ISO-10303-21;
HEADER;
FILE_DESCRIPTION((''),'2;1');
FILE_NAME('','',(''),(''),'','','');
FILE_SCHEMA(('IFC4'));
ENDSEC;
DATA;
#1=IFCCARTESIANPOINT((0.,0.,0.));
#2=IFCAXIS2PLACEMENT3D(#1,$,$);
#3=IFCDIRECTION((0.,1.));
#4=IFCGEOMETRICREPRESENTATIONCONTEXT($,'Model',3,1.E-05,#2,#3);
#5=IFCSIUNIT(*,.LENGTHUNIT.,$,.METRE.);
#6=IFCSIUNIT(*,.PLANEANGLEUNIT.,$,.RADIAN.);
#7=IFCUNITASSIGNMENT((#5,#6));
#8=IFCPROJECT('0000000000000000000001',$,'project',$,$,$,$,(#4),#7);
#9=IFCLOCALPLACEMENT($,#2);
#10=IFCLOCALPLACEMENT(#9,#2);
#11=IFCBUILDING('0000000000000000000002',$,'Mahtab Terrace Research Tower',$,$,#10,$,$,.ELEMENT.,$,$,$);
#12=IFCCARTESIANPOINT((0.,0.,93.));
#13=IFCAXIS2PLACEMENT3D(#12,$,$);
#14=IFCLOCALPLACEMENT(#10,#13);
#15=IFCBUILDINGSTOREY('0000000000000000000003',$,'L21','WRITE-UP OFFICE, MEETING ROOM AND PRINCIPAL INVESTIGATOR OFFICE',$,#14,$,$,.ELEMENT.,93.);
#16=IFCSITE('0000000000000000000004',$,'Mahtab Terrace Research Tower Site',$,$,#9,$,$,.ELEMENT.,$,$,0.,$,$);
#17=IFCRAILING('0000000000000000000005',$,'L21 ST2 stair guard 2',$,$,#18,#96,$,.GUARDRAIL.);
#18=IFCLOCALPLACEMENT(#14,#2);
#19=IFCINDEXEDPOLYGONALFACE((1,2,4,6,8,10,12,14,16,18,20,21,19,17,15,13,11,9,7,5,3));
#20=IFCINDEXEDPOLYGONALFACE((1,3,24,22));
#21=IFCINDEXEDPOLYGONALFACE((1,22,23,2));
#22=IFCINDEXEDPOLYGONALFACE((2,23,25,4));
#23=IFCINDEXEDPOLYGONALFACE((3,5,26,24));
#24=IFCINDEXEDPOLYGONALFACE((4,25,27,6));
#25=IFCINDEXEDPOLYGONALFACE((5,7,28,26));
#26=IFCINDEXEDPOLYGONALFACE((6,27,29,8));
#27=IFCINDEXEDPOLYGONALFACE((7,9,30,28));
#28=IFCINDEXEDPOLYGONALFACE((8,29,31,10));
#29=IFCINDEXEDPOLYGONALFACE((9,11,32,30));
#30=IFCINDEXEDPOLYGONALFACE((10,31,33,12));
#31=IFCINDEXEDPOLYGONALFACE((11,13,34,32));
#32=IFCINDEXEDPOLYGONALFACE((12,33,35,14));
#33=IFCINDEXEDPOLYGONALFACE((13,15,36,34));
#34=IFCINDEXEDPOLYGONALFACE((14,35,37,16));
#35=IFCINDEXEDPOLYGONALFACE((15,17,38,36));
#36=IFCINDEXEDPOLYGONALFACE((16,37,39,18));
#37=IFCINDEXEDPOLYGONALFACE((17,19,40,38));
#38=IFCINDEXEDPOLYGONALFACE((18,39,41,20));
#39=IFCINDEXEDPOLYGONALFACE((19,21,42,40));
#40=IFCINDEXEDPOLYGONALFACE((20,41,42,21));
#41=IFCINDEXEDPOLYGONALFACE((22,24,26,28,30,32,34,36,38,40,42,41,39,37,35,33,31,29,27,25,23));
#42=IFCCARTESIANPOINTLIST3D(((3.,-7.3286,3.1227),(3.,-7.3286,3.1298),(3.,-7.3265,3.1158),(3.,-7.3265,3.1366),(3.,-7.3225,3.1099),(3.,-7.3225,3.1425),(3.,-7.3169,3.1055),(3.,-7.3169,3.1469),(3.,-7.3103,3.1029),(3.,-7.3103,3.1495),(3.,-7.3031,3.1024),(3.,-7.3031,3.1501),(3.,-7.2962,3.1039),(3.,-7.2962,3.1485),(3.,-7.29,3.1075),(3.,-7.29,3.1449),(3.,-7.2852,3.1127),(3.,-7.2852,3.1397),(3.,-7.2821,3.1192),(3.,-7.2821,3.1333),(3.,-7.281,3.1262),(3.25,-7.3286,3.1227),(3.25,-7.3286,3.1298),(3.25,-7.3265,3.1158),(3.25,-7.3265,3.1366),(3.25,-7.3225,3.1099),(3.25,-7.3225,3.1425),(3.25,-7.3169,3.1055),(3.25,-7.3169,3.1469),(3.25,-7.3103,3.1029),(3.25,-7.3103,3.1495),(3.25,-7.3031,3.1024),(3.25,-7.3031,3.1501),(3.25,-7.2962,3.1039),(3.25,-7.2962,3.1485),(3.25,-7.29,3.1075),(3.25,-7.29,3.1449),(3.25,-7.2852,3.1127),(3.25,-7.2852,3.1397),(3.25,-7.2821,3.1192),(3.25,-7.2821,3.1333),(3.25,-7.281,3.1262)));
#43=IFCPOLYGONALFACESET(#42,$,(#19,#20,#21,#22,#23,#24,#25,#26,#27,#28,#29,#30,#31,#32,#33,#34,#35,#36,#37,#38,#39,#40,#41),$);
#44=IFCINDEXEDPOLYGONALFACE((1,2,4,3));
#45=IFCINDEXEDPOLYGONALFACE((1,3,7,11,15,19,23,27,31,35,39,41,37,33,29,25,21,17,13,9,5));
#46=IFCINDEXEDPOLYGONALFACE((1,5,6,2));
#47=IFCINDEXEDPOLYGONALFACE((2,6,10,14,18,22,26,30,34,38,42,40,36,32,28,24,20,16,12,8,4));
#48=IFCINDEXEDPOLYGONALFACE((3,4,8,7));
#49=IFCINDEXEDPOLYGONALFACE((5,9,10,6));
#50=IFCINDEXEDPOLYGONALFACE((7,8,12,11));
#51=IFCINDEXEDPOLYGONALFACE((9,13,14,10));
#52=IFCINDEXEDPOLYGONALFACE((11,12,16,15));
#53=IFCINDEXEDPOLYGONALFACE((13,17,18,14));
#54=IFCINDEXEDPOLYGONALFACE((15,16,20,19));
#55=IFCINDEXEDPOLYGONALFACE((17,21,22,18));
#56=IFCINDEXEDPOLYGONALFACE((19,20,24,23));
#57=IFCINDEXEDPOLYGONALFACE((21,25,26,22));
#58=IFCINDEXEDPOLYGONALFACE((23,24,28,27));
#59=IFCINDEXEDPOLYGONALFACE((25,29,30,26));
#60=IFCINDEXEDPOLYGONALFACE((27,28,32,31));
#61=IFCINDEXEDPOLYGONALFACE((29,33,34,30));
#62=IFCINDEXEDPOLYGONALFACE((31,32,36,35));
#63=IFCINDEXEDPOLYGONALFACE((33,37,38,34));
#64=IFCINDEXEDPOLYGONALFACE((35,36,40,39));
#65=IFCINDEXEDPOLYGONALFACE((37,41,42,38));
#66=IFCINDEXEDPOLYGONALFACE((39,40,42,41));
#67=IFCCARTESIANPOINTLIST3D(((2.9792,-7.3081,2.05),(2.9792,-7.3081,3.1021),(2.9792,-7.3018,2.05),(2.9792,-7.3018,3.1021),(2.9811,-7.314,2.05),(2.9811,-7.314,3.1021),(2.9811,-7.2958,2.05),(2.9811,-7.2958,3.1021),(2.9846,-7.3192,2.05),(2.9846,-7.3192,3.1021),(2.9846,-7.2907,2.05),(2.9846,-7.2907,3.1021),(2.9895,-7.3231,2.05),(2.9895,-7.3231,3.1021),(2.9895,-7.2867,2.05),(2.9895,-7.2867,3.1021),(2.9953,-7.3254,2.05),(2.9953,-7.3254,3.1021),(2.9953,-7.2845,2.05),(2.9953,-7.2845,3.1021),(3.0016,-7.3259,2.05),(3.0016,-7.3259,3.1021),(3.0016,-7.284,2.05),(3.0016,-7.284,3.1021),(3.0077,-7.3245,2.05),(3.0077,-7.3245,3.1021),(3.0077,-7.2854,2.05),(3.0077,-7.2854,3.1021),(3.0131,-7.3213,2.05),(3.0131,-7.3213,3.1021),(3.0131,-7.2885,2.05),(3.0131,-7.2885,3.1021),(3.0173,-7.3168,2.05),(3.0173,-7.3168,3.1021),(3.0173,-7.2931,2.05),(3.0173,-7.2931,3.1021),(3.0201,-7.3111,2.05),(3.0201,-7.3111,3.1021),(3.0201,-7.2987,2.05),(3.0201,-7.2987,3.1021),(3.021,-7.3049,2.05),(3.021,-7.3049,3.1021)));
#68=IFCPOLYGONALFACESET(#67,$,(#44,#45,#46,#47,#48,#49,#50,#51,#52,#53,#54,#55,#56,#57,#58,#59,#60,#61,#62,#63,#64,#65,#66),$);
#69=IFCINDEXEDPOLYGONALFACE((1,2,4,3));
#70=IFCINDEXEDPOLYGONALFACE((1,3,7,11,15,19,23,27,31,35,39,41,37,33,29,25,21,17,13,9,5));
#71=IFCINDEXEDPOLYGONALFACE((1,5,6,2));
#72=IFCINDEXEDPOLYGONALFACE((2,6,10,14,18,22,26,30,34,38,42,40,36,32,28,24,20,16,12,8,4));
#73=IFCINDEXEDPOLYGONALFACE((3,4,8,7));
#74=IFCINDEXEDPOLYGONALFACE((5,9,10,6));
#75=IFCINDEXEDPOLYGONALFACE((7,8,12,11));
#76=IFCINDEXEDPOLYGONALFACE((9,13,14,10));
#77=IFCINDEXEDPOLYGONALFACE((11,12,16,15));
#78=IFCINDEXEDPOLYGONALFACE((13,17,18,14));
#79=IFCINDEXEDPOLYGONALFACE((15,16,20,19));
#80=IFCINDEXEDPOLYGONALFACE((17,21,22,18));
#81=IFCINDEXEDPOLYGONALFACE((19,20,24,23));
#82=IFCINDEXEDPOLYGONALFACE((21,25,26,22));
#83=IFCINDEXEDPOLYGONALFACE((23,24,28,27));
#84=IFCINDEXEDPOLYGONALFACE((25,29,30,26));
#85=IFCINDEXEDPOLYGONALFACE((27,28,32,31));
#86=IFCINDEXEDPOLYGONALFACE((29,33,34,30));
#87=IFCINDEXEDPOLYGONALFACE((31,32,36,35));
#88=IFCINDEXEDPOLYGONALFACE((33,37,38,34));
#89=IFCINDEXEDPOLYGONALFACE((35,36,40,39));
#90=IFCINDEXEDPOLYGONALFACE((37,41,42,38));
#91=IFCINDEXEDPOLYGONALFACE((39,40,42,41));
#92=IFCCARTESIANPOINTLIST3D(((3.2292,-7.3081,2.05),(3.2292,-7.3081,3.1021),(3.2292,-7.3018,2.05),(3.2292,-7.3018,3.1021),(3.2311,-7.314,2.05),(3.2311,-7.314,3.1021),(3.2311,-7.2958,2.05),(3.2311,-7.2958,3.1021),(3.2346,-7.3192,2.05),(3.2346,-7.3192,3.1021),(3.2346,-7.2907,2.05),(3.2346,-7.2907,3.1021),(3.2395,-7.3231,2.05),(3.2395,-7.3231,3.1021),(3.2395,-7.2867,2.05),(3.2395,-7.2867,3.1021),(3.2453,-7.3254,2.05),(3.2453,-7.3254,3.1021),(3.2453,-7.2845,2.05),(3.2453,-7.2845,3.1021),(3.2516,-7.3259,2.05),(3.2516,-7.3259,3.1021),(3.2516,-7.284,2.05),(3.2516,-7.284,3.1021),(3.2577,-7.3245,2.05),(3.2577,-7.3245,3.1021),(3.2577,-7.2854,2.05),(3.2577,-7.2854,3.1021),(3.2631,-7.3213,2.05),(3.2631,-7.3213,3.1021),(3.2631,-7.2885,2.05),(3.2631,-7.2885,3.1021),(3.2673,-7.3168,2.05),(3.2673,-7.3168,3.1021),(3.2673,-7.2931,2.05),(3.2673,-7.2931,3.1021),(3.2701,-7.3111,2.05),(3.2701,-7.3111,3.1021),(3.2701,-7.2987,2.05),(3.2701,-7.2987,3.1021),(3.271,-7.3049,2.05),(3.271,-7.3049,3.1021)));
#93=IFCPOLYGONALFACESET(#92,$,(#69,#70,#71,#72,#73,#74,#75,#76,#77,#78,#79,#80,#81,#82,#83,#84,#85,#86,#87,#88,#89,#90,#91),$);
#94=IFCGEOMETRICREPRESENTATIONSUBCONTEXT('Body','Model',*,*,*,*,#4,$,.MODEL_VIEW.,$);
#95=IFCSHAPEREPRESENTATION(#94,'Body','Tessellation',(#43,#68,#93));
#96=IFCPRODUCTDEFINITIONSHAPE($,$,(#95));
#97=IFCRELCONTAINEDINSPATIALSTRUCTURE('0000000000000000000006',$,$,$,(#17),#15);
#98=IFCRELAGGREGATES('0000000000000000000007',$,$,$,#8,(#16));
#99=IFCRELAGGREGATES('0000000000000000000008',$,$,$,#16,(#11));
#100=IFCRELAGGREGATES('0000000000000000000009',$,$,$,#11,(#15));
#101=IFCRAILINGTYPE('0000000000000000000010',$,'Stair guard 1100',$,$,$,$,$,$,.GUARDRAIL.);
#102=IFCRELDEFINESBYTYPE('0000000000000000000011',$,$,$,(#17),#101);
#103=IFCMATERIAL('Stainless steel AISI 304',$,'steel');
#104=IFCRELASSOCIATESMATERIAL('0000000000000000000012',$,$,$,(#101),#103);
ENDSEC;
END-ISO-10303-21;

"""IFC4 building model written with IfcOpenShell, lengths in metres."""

from ifc_helpers import new_model, si_unit, direction, frame, origin, origin_2d, place, context, subcontext, project, spatial, circle, extrude, material, type_object, element, save


model = new_model("IFC4")

# Units and contexts
model_context = context("Model", 3, precision=1e-05, world=origin(), true_north=direction((0.0, 1.0)))
body_context = subcontext(model_context, "Body", "Model", "MODEL_VIEW")
ifc_project = project(units=[si_unit("LENGTHUNIT", "METRE"), si_unit("PLANEANGLEUNIT", "RADIAN")], contexts=[model_context])

# Site, building, storey
site_placement = place(None, origin())
site = spatial("IfcSite", under=ifc_project, at=site_placement, Name="Mahtab Terrace Research Tower Site", CompositionType="ELEMENT", RefElevation=0.0)
building_placement = place(site_placement, origin())
building = spatial("IfcBuilding", under=site, at=building_placement, Name="Mahtab Terrace Research Tower", CompositionType="ELEMENT")
storey_placement = place(building_placement, frame((0.0, 0.0, 93.0)))
storey = spatial("IfcBuildingStorey", under=building, at=storey_placement, Name="L21", Description="WRITE-UP OFFICE, MEETING ROOM AND PRINCIPAL INVESTIGATOR OFFICE", CompositionType="ELEMENT", Elevation=93.0)

# Railing
ifc_material_1 = material(Name="Stainless steel AISI 304", Category="steel")
railing_type_1 = type_object("IfcRailingType", Name="Stair guard 1100", PredefinedType="GUARDRAIL", material=ifc_material_1)
railing_1_placement = place(storey_placement, frame((3.0, -7.3049, 2.05)))
element("IfcRailing", 1, at=railing_1_placement, inside=storey, type_object=railing_type_1, Name="L21 ST2 stair guard 2", PredefinedType="GUARDRAIL", context=body_context, shape_type="SweptSolid", body=[
    extrude(circle(Radius=0.0239, at=origin_2d()), frame((0.0, 0.0, 1.0762), z_axis=(1.0, 0.0, 0.0), x_axis=(0.0, 1.0, 0.0)), (0.0, 0.0, 1.0), 0.25),
    extrude(circle(Radius=0.021, at=origin_2d()), origin(), (0.0, 0.0, 1.0), 1.052),
    extrude(circle(Radius=0.021, at=origin_2d()), frame((0.25, 0.0, 0.0)), (0.0, 0.0, 1.0), 1.052),
])

save(model, "model.ifc")
